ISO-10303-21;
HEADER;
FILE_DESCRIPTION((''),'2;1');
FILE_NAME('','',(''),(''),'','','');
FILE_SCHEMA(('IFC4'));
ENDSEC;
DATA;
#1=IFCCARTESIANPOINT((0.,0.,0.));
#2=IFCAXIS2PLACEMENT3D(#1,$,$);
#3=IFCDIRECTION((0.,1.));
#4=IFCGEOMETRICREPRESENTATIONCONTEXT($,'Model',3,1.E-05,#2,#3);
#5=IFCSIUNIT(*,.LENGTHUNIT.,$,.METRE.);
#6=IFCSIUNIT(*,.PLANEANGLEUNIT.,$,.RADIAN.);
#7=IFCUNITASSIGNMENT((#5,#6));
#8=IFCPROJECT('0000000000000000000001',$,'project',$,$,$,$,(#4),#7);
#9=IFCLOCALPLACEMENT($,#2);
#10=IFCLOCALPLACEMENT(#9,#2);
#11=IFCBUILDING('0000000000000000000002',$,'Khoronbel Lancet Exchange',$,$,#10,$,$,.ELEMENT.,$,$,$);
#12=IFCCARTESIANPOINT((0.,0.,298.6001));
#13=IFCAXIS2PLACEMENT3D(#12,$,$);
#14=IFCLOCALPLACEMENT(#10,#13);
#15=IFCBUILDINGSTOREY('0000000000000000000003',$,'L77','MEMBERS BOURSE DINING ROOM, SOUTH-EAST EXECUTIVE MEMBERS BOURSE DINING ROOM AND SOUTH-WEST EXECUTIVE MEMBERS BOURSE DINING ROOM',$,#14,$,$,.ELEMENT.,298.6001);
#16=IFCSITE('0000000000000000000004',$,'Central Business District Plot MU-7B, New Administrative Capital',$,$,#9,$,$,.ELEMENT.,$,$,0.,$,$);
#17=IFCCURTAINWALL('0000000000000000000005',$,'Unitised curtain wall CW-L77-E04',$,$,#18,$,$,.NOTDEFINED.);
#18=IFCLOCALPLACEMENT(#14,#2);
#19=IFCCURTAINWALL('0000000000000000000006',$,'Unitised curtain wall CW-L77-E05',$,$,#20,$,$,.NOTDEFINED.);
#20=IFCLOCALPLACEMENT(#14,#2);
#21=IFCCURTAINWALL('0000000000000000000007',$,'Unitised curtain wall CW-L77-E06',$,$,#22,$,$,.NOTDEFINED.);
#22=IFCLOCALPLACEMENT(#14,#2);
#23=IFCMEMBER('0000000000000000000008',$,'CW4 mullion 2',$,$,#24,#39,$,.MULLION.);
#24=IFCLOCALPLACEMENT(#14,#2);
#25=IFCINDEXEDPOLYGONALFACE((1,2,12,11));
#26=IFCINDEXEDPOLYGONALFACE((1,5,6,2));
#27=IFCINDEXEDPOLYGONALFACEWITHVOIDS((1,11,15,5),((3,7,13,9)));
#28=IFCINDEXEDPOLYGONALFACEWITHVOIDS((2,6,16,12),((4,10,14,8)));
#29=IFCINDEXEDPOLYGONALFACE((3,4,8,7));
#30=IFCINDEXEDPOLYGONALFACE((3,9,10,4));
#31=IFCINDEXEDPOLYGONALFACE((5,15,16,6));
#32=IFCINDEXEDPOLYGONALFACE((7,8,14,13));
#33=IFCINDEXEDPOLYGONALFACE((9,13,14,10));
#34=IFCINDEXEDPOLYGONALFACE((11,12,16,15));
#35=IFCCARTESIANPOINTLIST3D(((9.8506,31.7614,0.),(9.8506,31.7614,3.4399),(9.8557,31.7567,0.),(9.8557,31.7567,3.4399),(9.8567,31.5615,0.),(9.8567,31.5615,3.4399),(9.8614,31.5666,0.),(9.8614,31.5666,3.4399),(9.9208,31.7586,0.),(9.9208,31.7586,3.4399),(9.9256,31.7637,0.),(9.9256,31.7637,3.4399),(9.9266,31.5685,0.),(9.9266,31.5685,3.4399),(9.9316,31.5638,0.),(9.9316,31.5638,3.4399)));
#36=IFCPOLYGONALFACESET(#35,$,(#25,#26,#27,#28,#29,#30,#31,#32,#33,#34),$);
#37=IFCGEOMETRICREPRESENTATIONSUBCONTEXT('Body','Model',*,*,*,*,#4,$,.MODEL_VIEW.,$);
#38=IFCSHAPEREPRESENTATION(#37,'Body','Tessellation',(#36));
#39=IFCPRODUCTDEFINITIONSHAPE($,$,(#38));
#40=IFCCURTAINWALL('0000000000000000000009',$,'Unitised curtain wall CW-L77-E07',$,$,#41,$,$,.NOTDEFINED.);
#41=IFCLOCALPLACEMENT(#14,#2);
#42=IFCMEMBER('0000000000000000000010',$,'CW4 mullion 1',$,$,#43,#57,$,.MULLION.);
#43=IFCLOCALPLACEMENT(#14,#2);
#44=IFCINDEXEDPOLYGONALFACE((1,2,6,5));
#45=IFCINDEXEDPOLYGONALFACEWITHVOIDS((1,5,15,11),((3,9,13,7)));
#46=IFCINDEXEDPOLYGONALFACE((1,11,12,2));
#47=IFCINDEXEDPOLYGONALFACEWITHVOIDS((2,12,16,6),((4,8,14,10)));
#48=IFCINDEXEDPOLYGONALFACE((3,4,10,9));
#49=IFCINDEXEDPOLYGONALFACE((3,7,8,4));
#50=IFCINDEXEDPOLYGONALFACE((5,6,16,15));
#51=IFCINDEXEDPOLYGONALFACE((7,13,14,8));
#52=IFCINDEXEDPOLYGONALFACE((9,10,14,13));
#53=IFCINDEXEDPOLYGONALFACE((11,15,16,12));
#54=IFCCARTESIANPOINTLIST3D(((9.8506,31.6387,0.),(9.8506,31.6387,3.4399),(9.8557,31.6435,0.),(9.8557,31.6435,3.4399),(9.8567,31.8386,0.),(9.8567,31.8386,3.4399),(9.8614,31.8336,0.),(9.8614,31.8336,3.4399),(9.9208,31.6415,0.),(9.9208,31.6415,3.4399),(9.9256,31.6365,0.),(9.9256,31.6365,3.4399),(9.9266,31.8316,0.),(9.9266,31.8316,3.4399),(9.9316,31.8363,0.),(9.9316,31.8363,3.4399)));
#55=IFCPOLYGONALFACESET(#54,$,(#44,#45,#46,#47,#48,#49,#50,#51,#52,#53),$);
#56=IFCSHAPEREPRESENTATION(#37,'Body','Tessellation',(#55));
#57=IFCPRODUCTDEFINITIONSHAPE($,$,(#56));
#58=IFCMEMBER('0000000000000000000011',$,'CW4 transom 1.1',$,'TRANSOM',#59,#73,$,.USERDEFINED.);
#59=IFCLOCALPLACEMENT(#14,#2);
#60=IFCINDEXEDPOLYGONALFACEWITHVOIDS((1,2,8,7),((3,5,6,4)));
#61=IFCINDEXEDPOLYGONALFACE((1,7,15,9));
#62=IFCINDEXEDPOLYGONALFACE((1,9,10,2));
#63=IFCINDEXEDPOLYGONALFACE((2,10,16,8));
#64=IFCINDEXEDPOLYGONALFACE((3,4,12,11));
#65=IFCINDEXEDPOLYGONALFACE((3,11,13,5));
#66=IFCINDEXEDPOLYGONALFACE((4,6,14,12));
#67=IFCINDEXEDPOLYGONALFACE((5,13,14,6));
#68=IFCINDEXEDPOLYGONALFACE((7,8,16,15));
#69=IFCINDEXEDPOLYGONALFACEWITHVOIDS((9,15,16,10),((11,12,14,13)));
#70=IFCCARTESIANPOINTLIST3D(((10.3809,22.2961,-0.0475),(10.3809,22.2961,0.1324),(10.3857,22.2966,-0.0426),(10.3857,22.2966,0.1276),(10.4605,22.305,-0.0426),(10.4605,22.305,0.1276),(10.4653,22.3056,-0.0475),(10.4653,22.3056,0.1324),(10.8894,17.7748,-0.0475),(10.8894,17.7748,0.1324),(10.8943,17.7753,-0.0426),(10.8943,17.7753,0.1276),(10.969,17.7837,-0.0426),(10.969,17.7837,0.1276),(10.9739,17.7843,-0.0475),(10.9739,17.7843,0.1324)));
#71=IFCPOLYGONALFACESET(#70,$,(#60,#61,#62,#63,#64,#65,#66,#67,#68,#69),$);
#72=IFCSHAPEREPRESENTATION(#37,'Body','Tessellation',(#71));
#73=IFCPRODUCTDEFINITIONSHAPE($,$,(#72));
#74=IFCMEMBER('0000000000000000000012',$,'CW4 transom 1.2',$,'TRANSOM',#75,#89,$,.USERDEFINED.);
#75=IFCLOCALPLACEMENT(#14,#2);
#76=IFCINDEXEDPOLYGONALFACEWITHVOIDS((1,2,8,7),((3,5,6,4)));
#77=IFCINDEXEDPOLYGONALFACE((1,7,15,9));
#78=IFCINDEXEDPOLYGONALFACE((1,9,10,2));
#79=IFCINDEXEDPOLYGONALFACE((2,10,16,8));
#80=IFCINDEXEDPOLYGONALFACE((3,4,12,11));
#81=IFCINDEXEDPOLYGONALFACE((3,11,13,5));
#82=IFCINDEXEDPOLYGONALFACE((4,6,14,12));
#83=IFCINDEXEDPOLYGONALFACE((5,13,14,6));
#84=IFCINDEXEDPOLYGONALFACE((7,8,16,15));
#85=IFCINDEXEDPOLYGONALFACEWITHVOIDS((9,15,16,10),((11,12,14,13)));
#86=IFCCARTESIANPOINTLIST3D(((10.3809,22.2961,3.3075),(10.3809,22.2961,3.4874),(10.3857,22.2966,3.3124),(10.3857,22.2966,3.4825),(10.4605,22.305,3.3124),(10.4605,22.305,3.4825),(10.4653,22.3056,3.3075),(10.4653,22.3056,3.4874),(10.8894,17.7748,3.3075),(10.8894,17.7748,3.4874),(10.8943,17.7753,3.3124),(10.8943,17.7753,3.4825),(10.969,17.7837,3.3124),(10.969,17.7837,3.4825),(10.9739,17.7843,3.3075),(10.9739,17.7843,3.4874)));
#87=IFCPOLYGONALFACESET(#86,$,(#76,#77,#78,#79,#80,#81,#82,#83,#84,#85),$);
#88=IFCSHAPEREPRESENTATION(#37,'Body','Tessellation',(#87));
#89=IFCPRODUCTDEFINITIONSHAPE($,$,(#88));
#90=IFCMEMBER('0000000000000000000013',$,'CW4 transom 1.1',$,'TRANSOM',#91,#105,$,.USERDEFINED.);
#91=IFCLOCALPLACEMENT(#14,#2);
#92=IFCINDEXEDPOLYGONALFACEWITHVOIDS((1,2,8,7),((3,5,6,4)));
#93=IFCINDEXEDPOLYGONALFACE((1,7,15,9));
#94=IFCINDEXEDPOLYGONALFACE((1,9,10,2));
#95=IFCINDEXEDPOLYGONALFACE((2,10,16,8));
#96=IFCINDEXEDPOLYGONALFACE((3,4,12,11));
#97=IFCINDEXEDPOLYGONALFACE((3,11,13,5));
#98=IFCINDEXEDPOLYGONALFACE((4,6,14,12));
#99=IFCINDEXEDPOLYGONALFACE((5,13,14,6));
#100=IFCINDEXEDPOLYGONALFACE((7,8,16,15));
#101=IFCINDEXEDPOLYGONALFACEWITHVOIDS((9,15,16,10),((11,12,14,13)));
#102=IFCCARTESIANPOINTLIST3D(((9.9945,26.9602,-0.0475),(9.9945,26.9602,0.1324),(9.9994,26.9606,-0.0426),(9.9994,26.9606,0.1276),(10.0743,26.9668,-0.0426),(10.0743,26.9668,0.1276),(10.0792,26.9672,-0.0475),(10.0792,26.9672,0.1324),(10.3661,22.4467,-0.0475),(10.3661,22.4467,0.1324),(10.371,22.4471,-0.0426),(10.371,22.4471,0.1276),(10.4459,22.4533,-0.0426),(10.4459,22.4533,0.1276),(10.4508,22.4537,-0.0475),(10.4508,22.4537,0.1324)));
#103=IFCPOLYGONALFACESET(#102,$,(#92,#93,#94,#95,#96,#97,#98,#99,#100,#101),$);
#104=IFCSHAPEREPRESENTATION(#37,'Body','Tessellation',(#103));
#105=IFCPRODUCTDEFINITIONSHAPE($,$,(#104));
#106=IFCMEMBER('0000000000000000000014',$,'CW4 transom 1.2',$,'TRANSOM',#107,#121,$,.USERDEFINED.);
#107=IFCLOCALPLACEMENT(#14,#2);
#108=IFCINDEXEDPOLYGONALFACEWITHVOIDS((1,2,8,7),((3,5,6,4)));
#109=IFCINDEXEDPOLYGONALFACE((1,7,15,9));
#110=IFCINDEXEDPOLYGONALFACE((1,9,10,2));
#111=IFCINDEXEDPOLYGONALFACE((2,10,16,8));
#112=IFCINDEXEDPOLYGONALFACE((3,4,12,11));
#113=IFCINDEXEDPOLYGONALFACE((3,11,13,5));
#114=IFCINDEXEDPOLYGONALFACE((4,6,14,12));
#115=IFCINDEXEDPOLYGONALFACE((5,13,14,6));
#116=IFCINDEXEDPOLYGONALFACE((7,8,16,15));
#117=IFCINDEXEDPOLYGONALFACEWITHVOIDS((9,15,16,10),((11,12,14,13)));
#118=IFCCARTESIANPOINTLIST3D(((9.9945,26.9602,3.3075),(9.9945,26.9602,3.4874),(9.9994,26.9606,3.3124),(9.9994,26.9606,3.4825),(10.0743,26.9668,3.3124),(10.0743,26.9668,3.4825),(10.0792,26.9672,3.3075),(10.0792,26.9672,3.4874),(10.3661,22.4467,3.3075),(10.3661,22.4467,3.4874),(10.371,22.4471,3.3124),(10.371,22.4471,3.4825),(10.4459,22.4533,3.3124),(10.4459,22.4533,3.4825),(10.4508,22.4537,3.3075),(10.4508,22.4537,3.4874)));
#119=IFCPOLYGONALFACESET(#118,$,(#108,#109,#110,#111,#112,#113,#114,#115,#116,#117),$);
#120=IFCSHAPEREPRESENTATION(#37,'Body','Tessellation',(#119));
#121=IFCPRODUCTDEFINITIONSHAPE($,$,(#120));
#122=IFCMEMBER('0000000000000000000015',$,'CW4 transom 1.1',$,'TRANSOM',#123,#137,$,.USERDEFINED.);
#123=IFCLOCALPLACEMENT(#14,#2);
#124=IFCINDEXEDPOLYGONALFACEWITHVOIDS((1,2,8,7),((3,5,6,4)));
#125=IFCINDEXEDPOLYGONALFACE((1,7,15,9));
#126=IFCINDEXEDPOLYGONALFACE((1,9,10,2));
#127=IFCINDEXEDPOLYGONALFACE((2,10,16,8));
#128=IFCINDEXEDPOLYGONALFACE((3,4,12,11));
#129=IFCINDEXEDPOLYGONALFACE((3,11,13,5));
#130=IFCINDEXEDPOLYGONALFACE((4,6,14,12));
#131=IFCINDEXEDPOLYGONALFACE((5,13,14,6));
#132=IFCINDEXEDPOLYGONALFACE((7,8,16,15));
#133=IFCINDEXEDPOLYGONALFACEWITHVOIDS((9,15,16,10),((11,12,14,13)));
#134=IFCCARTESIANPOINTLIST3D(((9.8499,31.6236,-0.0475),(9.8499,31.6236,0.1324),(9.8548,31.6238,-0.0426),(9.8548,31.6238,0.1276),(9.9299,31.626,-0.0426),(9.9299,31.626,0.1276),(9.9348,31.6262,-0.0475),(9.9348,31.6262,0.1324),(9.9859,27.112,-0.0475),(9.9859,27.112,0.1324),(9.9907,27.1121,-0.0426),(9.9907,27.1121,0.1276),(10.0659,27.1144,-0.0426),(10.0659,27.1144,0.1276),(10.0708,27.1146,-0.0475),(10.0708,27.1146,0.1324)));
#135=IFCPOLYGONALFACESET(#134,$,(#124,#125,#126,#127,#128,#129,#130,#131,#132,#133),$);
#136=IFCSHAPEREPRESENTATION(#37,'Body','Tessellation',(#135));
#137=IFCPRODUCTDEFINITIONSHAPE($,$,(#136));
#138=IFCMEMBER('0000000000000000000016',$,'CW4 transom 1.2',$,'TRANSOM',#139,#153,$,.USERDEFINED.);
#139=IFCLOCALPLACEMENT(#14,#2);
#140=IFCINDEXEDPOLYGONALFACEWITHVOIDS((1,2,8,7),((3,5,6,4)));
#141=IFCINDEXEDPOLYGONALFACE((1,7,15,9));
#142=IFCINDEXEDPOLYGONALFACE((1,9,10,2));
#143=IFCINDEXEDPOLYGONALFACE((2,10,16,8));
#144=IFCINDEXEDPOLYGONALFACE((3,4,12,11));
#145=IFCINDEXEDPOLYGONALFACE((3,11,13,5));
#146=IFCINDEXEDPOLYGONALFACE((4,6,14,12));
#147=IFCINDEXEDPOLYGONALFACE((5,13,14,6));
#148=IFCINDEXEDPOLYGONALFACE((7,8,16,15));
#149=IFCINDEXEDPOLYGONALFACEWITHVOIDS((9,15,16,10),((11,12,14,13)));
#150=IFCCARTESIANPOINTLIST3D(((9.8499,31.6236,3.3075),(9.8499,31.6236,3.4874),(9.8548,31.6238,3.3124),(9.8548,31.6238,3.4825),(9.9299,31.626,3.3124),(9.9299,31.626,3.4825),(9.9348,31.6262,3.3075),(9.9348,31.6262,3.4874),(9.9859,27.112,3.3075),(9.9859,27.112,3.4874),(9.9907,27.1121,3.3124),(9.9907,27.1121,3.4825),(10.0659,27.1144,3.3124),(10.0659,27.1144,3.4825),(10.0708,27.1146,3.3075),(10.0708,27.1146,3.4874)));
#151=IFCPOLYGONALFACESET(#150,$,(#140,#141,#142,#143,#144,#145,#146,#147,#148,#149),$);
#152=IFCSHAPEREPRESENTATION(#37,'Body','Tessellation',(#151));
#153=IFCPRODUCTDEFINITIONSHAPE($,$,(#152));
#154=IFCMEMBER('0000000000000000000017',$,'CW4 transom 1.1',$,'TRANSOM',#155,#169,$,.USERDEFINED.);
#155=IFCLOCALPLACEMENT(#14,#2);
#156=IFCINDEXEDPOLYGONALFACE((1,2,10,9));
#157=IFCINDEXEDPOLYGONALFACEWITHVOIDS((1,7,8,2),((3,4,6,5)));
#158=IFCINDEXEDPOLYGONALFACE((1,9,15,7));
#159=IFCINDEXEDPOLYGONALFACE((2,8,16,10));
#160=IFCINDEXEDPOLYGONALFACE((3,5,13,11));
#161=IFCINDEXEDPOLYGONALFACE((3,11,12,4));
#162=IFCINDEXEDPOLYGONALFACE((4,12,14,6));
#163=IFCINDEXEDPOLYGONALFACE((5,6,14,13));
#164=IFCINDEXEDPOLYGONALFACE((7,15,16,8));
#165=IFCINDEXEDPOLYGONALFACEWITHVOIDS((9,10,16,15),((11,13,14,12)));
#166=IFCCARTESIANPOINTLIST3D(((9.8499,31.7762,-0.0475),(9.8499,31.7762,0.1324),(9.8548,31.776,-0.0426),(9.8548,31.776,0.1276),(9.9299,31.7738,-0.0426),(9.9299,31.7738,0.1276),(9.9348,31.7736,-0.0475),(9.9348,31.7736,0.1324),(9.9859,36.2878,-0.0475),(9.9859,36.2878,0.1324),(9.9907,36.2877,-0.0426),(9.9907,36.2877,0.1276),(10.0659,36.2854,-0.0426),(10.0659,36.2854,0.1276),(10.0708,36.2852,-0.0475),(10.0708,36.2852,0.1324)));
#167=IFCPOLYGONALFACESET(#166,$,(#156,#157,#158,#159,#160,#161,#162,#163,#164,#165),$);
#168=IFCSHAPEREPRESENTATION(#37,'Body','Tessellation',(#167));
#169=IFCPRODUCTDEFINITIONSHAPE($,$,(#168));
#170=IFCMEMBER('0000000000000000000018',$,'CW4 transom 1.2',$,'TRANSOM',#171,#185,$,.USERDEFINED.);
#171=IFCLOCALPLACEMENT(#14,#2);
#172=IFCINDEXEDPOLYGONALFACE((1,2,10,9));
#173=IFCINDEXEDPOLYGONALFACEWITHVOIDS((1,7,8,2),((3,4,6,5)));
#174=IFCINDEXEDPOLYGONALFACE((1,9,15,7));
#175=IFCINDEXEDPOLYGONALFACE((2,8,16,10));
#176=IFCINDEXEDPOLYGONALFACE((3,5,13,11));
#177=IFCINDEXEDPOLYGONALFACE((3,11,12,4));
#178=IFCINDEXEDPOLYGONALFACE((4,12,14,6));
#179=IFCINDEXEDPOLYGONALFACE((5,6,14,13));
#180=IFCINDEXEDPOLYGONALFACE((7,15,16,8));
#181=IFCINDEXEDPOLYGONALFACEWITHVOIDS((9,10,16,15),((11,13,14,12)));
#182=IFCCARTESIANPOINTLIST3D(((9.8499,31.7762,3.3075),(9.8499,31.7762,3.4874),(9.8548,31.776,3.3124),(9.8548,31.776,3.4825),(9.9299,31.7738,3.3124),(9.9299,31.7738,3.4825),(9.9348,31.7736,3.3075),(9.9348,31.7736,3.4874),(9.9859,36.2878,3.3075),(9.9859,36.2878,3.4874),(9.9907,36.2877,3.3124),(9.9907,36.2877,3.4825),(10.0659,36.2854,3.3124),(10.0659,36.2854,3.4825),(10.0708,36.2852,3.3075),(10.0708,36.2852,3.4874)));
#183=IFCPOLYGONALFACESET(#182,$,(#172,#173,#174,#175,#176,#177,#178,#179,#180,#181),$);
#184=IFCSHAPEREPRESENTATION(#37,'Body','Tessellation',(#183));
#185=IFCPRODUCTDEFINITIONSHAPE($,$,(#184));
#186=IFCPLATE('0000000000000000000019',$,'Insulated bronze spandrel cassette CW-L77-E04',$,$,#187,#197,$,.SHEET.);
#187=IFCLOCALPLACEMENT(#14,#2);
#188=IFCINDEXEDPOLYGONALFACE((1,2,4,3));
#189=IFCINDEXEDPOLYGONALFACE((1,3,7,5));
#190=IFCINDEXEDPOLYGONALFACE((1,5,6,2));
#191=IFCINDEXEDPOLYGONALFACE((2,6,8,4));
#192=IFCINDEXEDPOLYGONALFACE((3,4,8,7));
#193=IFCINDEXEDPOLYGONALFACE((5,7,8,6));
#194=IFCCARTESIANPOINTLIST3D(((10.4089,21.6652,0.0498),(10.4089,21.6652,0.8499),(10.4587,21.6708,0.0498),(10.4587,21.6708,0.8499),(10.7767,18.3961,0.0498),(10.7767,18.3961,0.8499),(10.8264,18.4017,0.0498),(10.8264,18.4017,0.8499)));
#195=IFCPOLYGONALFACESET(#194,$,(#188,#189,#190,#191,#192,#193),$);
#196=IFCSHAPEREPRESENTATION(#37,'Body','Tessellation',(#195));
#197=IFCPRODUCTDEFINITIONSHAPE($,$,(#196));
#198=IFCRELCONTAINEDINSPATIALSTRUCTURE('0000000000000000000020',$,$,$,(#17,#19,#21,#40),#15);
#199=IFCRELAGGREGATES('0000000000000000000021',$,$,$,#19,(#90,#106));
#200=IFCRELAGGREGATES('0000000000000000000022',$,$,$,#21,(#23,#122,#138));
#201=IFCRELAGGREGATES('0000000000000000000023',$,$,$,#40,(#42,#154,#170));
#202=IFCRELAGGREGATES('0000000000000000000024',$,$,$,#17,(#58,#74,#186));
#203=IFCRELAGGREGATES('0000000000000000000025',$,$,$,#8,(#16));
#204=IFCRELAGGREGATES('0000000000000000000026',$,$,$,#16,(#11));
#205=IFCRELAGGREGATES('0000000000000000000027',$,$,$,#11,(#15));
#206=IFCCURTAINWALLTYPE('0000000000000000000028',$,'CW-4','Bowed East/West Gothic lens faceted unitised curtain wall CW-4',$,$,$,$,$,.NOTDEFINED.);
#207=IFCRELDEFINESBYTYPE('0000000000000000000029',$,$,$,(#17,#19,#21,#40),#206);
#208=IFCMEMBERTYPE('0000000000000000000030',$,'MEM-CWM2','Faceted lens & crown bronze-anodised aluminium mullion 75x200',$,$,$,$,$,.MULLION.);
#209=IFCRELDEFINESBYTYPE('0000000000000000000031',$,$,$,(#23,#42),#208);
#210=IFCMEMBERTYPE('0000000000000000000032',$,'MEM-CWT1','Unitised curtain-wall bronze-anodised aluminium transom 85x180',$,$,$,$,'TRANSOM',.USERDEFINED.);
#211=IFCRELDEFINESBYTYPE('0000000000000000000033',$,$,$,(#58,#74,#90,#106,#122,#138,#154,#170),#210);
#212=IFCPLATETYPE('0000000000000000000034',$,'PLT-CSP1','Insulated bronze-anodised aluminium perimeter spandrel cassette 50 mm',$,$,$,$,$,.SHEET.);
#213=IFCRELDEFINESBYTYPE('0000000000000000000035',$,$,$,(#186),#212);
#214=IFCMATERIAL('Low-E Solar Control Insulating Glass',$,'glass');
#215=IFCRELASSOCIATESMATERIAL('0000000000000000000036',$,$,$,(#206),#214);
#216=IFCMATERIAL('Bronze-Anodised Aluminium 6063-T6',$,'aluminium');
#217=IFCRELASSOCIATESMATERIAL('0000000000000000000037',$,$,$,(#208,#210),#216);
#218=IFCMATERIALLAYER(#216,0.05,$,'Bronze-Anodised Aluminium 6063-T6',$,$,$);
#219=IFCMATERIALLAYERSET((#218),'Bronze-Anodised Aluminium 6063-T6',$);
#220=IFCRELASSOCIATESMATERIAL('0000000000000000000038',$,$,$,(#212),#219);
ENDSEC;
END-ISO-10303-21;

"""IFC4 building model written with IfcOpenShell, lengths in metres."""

from ifc_helpers import new_model, si_unit, direction, frame, origin, origin_2d, place, context, subcontext, project, spatial, rectangle, hollow_rectangle, extrude, material, layer, layer_set, material_profile, profile_set, type_object, element, aggregate, save


model = new_model("IFC4")

# Units and contexts
model_context = context("Model", 3, precision=1e-05, world=origin(), true_north=direction((0.0, 1.0)))
body_context = subcontext(model_context, "Body", "Model", "MODEL_VIEW")
ifc_project = project(units=[si_unit("LENGTHUNIT", "METRE"), si_unit("PLANEANGLEUNIT", "RADIAN")], contexts=[model_context])

# Site, building, storey
site_placement = place(None, origin())
site = spatial("IfcSite", under=ifc_project, at=site_placement, Name="Central Business District Plot MU-7B, New Administrative Capital", CompositionType="ELEMENT", RefElevation=0.0)
building_placement = place(site_placement, origin())
building = spatial("IfcBuilding", under=site, at=building_placement, Name="Khoronbel Lancet Exchange", CompositionType="ELEMENT")
storey_placement = place(building_placement, frame((0.0, 0.0, 298.6001)))
storey = spatial("IfcBuildingStorey", under=building, at=storey_placement, Name="L77", Description="MEMBERS BOURSE DINING ROOM, SOUTH-EAST EXECUTIVE MEMBERS BOURSE DINING ROOM AND SOUTH-WEST EXECUTIVE MEMBERS BOURSE DINING ROOM", CompositionType="ELEMENT", Elevation=298.6001)

# Curtain walls, member
ifc_material_1 = material(Name="Low-E Solar Control Insulating Glass", Category="glass")
curtain_wall_type = type_object("IfcCurtainWallType", Name="CW-4", Description="Bowed East/West Gothic lens faceted unitised curtain wall CW-4", PredefinedType="NOTDEFINED", material=ifc_material_1)
curtain_wall_1_placement = place(storey_placement, origin())
curtain_wall_1 = element("IfcCurtainWall", 1, at=curtain_wall_1_placement, inside=storey, type_object=curtain_wall_type, Name="Unitised curtain wall CW-L77-E04", PredefinedType="NOTDEFINED")
ifc_material_2 = material(Name="Bronze-Anodised Aluminium 6063-T6", Category="aluminium")
ifc_material_profile_1 = material_profile(ifc_material_2, hollow_rectangle(XDim=0.075, YDim=0.2, WallThickness=0.0049, at=origin_2d()), Name="ALU MULLION 75x200")
ifc_profile_set_1 = profile_set([ifc_material_profile_1], Name="Bronze-Anodised Aluminium 6063-T6")
member_type_1 = type_object("IfcMemberType", Name="MEM-CWM2", Description="Faceted lens & crown bronze-anodised aluminium mullion 75x200", PredefinedType="MULLION", material=ifc_profile_set_1)
curtain_wall_2_placement = place(storey_placement, origin())
curtain_wall_2 = element("IfcCurtainWall", 2, at=curtain_wall_2_placement, inside=storey, type_object=curtain_wall_type, Name="Unitised curtain wall CW-L77-E05", PredefinedType="NOTDEFINED")
curtain_wall_3_placement = place(storey_placement, origin())
curtain_wall_3 = element("IfcCurtainWall", 3, at=curtain_wall_3_placement, inside=storey, type_object=curtain_wall_type, Name="Unitised curtain wall CW-L77-E06", PredefinedType="NOTDEFINED")
member_1_placement = place(storey_placement, frame((9.8911, 31.6626, 0.0), z_axis=(0.0, 0.0, 1.0), x_axis=(-0.999545, -0.030148, 0.0)))
member_1 = element("IfcMember", 4, at=member_1_placement, type_object=member_type_1, Name="CW4 mullion 2", PredefinedType="MULLION", context=body_context, shape_type="SweptSolid", body=[
    extrude(hollow_rectangle(XDim=0.075, YDim=0.2, WallThickness=0.0049, at=origin_2d()), origin(), (0.0, 0.0, 1.0), 3.4399),
])

# Curtain wall, member
curtain_wall_4_placement = place(storey_placement, origin())
curtain_wall_4 = element("IfcCurtainWall", 5, at=curtain_wall_4_placement, inside=storey, type_object=curtain_wall_type, Name="Unitised curtain wall CW-L77-E07", PredefinedType="NOTDEFINED")
member_2_placement = place(storey_placement, frame((9.8911, 31.7375, 0.0), z_axis=(0.0, 0.0, 1.0), x_axis=(-0.999545, 0.030148, 0.0)))
member_2 = element("IfcMember", 6, at=member_2_placement, type_object=member_type_1, Name="CW4 mullion 1", PredefinedType="MULLION", context=body_context, shape_type="SweptSolid", body=[
    extrude(hollow_rectangle(XDim=0.075, YDim=0.2, WallThickness=0.0049, at=origin_2d()), origin(), (0.0, 0.0, 1.0), 3.4399),
])

# Members
ifc_material_profile_2 = material_profile(ifc_material_2, hollow_rectangle(XDim=0.085, YDim=0.1799, WallThickness=0.0049, at=origin_2d()), Name="ALU TRANSOM 85x180")
ifc_profile_set_2 = profile_set([ifc_material_profile_2], Name="Bronze-Anodised Aluminium 6063-T6")
member_type_2 = type_object("IfcMemberType", Name="MEM-CWT1", Description="Unitised curtain-wall bronze-anodised aluminium transom 85x180", ElementType="TRANSOM", PredefinedType="USERDEFINED", material=ifc_profile_set_2)
member_3_placement = place(storey_placement, frame((10.9316, 17.7795, 0.0425), z_axis=(-0.111774, 0.993734, 0.0), x_axis=(-0.993734, -0.111774, 0.0)))
member_3 = element("IfcMember", 7, at=member_3_placement, type_object=member_type_2, Name="CW4 transom 1.1", ObjectType="TRANSOM", PredefinedType="USERDEFINED", context=body_context, shape_type="SweptSolid", body=[
    extrude(hollow_rectangle(XDim=0.085, YDim=0.1799, WallThickness=0.0049, at=origin_2d()), origin(), (0.0, 0.0, 1.0), 4.5498),
])
member_4_placement = place(storey_placement, frame((10.9316, 17.7795, 3.3975), z_axis=(-0.111774, 0.993734, 0.0), x_axis=(-0.993734, -0.111774, 0.0)))
member_4 = element("IfcMember", 8, at=member_4_placement, type_object=member_type_2, Name="CW4 transom 1.2", ObjectType="TRANSOM", PredefinedType="USERDEFINED", context=body_context, shape_type="SweptSolid", body=[
    extrude(hollow_rectangle(XDim=0.085, YDim=0.1799, WallThickness=0.0049, at=origin_2d()), origin(), (0.0, 0.0, 1.0), 4.5498),
])
member_5_placement = place(storey_placement, frame((10.4084, 22.4502, 0.0425), z_axis=(-0.082051, 0.996628, 0.0), x_axis=(-0.996628, -0.082051, 0.0)))
member_5 = element("IfcMember", 9, at=member_5_placement, type_object=member_type_2, Name="CW4 transom 1.1", ObjectType="TRANSOM", PredefinedType="USERDEFINED", context=body_context, shape_type="SweptSolid", body=[
    extrude(hollow_rectangle(XDim=0.085, YDim=0.1799, WallThickness=0.0049, at=origin_2d()), origin(), (0.0, 0.0, 1.0), 4.5288),
])
member_6_placement = place(storey_placement, frame((10.4084, 22.4502, 3.3975), z_axis=(-0.082051, 0.996628, 0.0), x_axis=(-0.996628, -0.082051, 0.0)))
member_6 = element("IfcMember", 10, at=member_6_placement, type_object=member_type_2, Name="CW4 transom 1.2", ObjectType="TRANSOM", PredefinedType="USERDEFINED", context=body_context, shape_type="SweptSolid", body=[
    extrude(hollow_rectangle(XDim=0.085, YDim=0.1799, WallThickness=0.0049, at=origin_2d()), origin(), (0.0, 0.0, 1.0), 4.5288),
])
member_7_placement = place(storey_placement, frame((10.0283, 27.1133, 0.0425), z_axis=(-0.030127, 0.999546, 0.0), x_axis=(-0.999546, -0.030127, 0.0)))
member_7 = element("IfcMember", 11, at=member_7_placement, type_object=member_type_2, Name="CW4 transom 1.1", ObjectType="TRANSOM", PredefinedType="USERDEFINED", context=body_context, shape_type="SweptSolid", body=[
    extrude(hollow_rectangle(XDim=0.085, YDim=0.1799, WallThickness=0.0049, at=origin_2d()), origin(), (0.0, 0.0, 1.0), 4.5137),
])
member_8_placement = place(storey_placement, frame((10.0283, 27.1133, 3.3975), z_axis=(-0.030127, 0.999546, 0.0), x_axis=(-0.999546, -0.030127, 0.0)))
member_8 = element("IfcMember", 12, at=member_8_placement, type_object=member_type_2, Name="CW4 transom 1.2", ObjectType="TRANSOM", PredefinedType="USERDEFINED", context=body_context, shape_type="SweptSolid", body=[
    extrude(hollow_rectangle(XDim=0.085, YDim=0.1799, WallThickness=0.0049, at=origin_2d()), origin(), (0.0, 0.0, 1.0), 4.5137),
])
member_9_placement = place(storey_placement, frame((9.8923, 31.7749, 0.0425), z_axis=(0.030127, 0.999546, 0.0), x_axis=(-0.999546, 0.030127, 0.0)))
member_9 = element("IfcMember", 13, at=member_9_placement, type_object=member_type_2, Name="CW4 transom 1.1", ObjectType="TRANSOM", PredefinedType="USERDEFINED", context=body_context, shape_type="SweptSolid", body=[
    extrude(hollow_rectangle(XDim=0.085, YDim=0.1799, WallThickness=0.0049, at=origin_2d()), origin(), (0.0, 0.0, 1.0), 4.5137),
])
member_10_placement = place(storey_placement, frame((9.8923, 31.7749, 3.3975), z_axis=(0.030127, 0.999546, 0.0), x_axis=(-0.999546, 0.030127, 0.0)))
member_10 = element("IfcMember", 14, at=member_10_placement, type_object=member_type_2, Name="CW4 transom 1.2", ObjectType="TRANSOM", PredefinedType="USERDEFINED", context=body_context, shape_type="SweptSolid", body=[
    extrude(hollow_rectangle(XDim=0.085, YDim=0.1799, WallThickness=0.0049, at=origin_2d()), origin(), (0.0, 0.0, 1.0), 4.5137),
])

# Plate
ifc_layer_1 = layer(ifc_material_2, 0.05, Name="Bronze-Anodised Aluminium 6063-T6")
ifc_layer_set_1 = layer_set([ifc_layer_1], Name="Bronze-Anodised Aluminium 6063-T6")
plate_type_1 = type_object("IfcPlateType", Name="PLT-CSP1", Description="Insulated bronze-anodised aluminium perimeter spandrel cassette 50 mm", PredefinedType="SHEET", material=ifc_layer_set_1)
plate_1_placement = place(storey_placement, frame((10.6177, 20.0334, 0.0498), z_axis=(0.0, 0.0, 1.0), x_axis=(-0.111791, 0.993732, 0.0)))
plate_1 = element("IfcPlate", 15, at=plate_1_placement, type_object=plate_type_1, Name="Insulated bronze spandrel cassette CW-L77-E04", PredefinedType="SHEET", context=body_context, shape_type="SweptSolid", body=[
    extrude(rectangle(XDim=3.2898, YDim=0.05, at=origin_2d()), origin(), (0.0, 0.0, 1.0), 0.8),
])
aggregate(curtain_wall_2, [member_5, member_6])
aggregate(curtain_wall_3, [member_1, member_7, member_8])
aggregate(curtain_wall_4, [member_2, member_9, member_10])
aggregate(curtain_wall_1, [member_3, member_4, plate_1])

save(model, "model.ifc")
